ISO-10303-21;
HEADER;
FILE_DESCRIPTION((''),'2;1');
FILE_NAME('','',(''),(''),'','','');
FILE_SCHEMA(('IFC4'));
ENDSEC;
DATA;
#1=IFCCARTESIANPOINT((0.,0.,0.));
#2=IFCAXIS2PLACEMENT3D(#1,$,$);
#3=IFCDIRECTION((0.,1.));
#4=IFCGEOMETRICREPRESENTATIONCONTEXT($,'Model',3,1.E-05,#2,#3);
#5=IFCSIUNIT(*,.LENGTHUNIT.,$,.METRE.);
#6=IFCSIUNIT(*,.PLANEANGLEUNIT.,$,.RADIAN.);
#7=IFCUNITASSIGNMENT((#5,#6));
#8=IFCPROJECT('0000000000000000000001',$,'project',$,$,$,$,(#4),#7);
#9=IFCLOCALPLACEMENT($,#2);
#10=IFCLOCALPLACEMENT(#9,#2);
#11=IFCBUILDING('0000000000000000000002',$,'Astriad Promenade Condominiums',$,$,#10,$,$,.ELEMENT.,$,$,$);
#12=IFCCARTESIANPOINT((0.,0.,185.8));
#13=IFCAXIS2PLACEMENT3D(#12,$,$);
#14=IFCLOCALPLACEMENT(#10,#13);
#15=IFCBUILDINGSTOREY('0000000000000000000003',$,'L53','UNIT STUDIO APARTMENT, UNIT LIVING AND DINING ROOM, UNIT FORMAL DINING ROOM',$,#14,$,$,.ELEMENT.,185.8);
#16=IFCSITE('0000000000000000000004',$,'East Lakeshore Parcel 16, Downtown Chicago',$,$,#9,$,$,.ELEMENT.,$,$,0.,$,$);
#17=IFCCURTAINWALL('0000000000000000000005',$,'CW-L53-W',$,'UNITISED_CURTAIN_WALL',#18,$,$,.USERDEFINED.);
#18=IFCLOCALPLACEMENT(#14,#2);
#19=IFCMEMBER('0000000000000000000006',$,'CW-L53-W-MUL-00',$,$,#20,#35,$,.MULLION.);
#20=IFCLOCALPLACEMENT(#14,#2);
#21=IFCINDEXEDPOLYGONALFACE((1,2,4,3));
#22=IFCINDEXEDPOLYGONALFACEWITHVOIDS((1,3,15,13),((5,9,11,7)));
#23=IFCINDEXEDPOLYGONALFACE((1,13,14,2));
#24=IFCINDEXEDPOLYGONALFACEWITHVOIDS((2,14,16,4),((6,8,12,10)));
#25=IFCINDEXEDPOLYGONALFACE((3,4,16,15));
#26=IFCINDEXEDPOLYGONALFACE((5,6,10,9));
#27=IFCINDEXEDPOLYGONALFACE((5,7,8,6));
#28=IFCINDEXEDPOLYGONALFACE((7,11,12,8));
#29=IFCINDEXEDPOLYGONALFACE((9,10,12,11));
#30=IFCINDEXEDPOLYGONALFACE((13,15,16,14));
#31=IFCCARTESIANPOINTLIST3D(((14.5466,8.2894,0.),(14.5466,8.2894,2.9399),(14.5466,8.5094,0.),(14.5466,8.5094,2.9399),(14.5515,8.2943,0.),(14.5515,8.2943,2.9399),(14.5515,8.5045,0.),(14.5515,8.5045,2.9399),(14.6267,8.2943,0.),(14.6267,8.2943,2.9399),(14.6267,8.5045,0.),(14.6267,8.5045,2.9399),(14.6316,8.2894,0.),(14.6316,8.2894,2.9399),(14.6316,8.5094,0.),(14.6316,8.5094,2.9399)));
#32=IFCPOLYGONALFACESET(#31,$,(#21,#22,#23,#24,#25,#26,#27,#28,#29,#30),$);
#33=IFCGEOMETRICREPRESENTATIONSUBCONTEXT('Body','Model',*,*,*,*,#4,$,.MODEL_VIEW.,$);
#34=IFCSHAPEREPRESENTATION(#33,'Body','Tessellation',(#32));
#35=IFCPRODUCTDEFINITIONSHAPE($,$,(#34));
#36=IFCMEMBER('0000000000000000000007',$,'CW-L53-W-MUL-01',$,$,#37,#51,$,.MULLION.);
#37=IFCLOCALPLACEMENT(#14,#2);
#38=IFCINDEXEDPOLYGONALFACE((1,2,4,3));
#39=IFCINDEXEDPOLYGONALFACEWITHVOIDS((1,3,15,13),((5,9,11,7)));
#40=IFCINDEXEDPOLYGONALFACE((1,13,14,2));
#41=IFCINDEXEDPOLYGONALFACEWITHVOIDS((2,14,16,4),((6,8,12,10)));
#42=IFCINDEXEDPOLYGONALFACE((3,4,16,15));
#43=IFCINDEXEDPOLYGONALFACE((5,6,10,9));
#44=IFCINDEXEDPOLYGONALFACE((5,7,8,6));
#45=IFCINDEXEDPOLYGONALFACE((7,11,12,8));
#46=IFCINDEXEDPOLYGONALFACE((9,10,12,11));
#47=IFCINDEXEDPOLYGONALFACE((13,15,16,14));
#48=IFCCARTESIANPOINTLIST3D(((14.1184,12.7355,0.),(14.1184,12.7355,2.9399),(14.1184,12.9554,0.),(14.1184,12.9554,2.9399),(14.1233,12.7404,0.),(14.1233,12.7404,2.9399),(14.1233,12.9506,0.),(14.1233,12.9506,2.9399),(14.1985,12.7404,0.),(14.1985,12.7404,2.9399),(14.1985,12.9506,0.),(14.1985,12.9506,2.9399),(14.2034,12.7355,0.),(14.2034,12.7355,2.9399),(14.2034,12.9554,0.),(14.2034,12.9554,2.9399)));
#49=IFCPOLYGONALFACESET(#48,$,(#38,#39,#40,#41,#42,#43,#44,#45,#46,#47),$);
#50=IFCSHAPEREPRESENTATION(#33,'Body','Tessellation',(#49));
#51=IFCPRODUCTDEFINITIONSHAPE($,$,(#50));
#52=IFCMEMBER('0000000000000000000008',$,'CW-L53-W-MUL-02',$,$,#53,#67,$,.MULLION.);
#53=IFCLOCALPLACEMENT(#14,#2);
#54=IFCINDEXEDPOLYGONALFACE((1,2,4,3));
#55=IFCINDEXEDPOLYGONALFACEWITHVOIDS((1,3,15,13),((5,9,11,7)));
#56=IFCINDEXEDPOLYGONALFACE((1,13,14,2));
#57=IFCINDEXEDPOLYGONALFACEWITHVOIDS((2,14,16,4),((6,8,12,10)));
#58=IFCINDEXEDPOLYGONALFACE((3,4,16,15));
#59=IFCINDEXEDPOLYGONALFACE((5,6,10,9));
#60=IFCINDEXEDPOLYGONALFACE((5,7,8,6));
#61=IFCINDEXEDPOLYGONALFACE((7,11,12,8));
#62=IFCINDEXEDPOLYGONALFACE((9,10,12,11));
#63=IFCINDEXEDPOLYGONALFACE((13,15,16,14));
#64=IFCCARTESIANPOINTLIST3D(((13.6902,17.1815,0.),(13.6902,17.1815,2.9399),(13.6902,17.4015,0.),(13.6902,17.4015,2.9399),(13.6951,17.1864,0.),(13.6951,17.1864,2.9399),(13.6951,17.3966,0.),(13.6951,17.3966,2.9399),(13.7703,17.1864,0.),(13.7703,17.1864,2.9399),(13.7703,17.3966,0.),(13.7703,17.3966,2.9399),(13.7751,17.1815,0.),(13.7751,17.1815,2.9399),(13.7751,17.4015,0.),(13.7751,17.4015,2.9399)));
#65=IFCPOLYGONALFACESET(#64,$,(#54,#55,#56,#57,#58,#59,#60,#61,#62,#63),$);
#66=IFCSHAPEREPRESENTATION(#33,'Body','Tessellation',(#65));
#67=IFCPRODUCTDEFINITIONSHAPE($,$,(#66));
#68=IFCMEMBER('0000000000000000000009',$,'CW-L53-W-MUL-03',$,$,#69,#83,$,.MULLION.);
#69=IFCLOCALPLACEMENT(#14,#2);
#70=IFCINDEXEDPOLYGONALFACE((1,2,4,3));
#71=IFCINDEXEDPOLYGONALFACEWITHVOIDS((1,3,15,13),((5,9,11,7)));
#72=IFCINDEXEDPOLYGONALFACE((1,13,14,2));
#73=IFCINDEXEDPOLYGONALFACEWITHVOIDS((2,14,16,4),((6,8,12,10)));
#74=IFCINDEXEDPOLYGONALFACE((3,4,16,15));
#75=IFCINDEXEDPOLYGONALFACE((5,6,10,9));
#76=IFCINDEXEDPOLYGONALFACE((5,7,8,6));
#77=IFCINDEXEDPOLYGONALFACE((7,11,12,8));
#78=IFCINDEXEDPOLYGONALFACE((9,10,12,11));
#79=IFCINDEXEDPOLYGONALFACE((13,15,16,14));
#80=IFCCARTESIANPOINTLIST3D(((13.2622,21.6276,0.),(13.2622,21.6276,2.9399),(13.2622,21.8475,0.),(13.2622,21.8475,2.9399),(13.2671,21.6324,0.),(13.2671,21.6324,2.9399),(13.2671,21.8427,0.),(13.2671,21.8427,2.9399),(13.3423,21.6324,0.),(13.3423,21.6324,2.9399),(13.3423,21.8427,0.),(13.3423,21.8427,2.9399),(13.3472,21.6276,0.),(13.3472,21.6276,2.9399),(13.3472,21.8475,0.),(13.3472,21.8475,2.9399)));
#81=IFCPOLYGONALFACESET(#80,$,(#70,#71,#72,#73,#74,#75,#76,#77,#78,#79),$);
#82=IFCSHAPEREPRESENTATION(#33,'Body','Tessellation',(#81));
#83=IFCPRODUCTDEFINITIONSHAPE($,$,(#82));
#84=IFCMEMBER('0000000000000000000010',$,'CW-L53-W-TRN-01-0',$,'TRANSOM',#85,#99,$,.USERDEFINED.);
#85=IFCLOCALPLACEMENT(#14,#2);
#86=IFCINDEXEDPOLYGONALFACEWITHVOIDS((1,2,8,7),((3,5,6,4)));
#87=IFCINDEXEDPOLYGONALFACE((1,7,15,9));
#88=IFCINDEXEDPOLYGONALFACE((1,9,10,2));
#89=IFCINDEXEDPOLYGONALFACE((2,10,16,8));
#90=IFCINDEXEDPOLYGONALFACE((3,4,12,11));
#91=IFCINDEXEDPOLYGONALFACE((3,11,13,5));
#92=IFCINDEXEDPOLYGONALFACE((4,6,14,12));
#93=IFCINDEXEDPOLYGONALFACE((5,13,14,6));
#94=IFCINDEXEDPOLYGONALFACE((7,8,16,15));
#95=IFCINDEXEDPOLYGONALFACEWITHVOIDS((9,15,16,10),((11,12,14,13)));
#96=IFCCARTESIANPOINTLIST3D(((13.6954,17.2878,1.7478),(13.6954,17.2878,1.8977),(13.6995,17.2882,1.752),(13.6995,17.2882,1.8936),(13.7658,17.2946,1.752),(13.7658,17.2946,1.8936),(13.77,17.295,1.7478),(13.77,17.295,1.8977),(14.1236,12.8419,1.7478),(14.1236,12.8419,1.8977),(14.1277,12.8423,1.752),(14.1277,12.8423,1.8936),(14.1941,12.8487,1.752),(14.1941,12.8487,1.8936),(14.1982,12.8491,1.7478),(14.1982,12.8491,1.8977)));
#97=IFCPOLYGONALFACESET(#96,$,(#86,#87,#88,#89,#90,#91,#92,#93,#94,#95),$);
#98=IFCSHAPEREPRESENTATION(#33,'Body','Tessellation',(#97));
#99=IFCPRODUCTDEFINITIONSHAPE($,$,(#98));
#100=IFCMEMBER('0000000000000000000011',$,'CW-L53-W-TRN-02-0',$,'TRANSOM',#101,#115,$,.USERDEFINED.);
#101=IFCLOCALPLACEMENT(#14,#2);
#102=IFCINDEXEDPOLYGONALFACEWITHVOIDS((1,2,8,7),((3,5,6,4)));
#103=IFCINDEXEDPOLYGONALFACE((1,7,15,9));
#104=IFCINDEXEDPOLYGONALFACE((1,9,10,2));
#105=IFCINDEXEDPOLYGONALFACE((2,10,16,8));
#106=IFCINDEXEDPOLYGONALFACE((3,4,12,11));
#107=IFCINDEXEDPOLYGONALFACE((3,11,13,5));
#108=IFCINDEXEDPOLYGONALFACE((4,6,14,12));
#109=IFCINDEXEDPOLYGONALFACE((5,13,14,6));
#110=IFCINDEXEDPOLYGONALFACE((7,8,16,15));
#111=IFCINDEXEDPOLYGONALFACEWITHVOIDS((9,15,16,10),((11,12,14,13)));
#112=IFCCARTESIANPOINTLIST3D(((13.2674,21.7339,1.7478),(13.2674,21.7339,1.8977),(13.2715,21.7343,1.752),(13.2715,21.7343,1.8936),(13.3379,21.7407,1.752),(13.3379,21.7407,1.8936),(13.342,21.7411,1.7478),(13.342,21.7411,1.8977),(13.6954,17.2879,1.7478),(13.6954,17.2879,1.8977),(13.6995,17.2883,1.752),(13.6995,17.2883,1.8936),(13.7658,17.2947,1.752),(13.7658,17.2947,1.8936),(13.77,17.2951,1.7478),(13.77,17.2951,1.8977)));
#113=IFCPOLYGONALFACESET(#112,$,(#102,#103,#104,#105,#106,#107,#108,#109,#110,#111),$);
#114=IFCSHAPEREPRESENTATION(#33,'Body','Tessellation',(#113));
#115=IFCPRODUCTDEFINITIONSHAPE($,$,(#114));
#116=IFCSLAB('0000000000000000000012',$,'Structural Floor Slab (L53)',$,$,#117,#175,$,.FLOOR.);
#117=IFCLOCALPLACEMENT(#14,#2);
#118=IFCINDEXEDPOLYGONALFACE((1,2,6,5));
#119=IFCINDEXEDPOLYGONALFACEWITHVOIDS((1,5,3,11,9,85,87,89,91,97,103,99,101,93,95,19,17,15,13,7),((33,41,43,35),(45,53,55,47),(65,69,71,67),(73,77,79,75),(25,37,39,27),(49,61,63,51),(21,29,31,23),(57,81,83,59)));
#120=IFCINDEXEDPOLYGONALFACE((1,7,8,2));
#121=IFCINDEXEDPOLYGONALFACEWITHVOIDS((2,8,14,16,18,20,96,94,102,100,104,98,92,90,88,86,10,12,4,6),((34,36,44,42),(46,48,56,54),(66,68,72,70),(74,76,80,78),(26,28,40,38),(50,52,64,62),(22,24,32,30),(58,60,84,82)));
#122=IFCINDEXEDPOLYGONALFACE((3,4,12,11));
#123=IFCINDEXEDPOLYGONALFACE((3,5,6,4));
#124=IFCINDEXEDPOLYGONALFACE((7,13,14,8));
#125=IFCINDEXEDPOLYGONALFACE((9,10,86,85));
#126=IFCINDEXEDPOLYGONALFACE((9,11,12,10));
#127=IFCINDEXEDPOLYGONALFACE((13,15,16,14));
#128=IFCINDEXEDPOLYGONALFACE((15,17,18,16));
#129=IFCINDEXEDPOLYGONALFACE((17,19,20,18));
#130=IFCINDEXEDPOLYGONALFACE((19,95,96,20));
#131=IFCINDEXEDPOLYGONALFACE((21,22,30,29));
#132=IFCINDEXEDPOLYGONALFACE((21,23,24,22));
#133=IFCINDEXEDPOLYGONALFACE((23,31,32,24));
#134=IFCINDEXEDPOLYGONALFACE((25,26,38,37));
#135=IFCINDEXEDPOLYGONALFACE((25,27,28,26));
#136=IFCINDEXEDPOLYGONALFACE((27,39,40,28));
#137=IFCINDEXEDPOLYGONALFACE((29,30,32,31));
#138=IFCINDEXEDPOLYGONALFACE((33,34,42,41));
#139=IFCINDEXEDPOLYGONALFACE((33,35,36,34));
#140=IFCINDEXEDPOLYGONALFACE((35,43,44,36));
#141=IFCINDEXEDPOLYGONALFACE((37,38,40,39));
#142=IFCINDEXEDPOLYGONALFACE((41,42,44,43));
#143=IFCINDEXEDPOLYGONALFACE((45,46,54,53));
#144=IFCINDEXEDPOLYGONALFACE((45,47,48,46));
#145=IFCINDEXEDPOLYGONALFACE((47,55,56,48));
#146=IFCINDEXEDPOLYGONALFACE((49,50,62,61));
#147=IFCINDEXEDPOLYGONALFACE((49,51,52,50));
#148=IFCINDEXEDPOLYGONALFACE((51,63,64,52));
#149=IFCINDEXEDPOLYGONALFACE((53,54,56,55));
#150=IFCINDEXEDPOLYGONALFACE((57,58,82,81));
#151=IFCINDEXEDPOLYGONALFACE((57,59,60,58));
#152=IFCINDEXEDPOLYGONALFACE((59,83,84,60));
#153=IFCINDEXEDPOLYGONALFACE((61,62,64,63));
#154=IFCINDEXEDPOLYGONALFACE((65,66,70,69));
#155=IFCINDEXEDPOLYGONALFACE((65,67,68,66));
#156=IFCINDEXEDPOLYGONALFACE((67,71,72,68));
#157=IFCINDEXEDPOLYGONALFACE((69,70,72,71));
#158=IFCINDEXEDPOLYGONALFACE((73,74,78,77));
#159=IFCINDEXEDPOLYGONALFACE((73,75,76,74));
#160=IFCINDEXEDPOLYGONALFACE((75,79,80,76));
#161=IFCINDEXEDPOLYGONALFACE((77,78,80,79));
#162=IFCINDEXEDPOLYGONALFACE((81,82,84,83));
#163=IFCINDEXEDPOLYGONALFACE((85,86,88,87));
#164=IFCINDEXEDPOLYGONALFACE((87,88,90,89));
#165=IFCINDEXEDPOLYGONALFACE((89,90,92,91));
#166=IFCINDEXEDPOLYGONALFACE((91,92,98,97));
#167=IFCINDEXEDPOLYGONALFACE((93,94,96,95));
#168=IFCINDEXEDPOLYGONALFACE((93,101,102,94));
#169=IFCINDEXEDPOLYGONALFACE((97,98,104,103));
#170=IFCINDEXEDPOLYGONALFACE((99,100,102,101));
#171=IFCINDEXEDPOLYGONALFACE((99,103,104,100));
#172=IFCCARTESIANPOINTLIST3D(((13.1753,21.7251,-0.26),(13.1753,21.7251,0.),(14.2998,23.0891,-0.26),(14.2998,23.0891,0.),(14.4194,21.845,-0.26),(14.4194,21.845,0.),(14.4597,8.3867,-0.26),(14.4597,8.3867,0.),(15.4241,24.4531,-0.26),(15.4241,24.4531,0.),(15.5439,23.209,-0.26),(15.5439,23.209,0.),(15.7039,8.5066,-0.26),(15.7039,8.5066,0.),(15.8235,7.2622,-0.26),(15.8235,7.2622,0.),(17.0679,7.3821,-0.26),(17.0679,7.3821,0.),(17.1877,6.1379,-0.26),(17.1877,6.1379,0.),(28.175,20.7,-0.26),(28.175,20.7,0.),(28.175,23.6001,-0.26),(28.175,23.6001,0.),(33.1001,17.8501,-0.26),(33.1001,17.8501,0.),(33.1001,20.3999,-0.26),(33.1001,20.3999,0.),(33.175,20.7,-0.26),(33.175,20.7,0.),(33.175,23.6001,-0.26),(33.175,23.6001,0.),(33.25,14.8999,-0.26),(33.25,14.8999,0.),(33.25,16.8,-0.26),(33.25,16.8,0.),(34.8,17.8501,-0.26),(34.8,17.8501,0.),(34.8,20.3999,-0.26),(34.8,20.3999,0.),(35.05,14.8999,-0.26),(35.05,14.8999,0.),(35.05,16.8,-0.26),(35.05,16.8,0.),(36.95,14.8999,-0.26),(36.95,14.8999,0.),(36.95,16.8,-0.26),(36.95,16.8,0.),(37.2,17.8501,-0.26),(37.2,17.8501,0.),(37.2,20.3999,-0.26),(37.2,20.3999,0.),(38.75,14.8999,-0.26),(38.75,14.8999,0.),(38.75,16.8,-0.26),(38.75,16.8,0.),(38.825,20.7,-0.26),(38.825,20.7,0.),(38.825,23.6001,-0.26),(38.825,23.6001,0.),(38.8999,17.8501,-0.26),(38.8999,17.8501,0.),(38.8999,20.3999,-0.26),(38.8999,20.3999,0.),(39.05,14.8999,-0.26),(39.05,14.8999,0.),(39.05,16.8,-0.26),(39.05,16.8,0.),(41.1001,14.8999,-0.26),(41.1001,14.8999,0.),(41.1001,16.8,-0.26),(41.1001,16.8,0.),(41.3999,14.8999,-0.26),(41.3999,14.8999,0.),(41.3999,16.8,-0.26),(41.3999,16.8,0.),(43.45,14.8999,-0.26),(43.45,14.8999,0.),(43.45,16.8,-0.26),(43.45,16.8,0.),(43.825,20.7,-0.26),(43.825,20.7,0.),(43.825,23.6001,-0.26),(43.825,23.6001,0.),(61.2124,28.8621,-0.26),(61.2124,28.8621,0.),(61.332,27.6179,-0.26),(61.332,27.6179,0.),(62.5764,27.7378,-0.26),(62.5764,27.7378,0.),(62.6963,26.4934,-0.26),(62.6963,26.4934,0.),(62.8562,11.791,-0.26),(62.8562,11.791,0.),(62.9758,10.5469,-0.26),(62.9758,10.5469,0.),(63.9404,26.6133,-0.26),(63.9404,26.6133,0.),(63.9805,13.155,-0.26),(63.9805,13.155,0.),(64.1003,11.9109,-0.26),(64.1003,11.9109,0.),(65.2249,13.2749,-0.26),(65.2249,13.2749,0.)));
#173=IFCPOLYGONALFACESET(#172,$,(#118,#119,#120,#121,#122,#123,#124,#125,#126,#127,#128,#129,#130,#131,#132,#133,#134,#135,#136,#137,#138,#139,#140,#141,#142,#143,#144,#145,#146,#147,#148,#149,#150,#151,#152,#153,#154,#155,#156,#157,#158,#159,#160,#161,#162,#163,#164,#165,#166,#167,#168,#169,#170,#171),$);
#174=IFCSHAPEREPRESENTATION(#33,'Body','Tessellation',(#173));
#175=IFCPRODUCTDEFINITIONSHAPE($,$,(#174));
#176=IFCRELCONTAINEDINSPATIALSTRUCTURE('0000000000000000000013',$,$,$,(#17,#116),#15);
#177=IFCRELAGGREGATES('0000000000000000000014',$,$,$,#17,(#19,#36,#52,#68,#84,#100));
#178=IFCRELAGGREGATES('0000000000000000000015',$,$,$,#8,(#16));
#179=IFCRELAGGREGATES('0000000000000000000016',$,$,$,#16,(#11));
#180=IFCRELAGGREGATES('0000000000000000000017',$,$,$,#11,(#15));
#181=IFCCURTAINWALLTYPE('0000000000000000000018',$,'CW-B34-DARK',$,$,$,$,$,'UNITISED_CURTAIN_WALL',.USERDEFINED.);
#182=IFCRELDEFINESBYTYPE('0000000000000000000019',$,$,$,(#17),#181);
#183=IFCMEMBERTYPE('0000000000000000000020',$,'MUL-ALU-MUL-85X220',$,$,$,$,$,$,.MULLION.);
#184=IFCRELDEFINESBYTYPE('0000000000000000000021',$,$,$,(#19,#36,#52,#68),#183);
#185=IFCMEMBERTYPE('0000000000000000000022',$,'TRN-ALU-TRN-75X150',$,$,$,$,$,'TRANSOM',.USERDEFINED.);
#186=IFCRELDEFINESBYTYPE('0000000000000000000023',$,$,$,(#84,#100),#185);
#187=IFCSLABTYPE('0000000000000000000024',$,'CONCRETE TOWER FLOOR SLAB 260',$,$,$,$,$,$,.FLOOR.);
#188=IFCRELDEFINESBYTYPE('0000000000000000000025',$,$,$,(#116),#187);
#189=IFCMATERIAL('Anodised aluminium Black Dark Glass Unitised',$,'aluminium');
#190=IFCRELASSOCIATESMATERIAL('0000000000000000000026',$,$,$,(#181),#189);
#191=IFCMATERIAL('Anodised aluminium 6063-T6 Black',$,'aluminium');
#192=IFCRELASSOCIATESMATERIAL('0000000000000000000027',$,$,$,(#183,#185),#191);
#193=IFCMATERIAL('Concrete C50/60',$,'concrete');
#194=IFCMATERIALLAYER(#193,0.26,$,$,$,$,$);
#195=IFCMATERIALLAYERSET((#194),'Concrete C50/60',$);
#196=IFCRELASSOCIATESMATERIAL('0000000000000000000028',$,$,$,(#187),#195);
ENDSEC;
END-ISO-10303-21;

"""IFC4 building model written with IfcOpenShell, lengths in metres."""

from ifc_helpers import new_model, si_unit, direction, frame, origin, origin_2d, place, context, subcontext, project, spatial, polyline, hollow_rectangle, outline, extrude, source, transform, mapped, material, layer, layer_set, material_profile, profile_set, type_object, type_shapes, element, aggregate, save


model = new_model("IFC4")

# Units and contexts
model_context = context("Model", 3, precision=1e-05, world=origin(), true_north=direction((0.0, 1.0)))
body_context = subcontext(model_context, "Body", "Model", "MODEL_VIEW")
ifc_project = project(units=[si_unit("LENGTHUNIT", "METRE"), si_unit("PLANEANGLEUNIT", "RADIAN")], contexts=[model_context])

# Site, building, storey
site_placement = place(None, origin())
site = spatial("IfcSite", under=ifc_project, at=site_placement, Name="East Lakeshore Parcel 16, Downtown Chicago", CompositionType="ELEMENT", RefElevation=0.0)
building_placement = place(site_placement, origin())
building = spatial("IfcBuilding", under=site, at=building_placement, Name="Astriad Promenade Condominiums", CompositionType="ELEMENT")
storey_placement = place(building_placement, frame((0.0, 0.0, 185.8)))
storey = spatial("IfcBuildingStorey", under=building, at=storey_placement, Name="L53", Description="UNIT STUDIO APARTMENT, UNIT LIVING AND DINING ROOM, UNIT FORMAL DINING ROOM", CompositionType="ELEMENT", Elevation=185.8)

# Curtain wall, members
ifc_material_1 = material(Name="Anodised aluminium Black Dark Glass Unitised", Category="aluminium")
curtain_wall_type = type_object("IfcCurtainWallType", Name="CW-B34-DARK", ElementType="UNITISED_CURTAIN_WALL", PredefinedType="USERDEFINED", material=ifc_material_1)
curtain_wall_placement = place(storey_placement, origin())
curtain_wall = element("IfcCurtainWall", 1, at=curtain_wall_placement, inside=storey, type_object=curtain_wall_type, Name="CW-L53-W", ObjectType="UNITISED_CURTAIN_WALL", PredefinedType="USERDEFINED")
ifc_material_2 = material(Name="Anodised aluminium 6063-T6 Black", Category="aluminium")
ifc_material_profile_1 = material_profile(ifc_material_2, hollow_rectangle(XDim=0.085, YDim=0.22, WallThickness=0.0049, at=origin_2d()), Name="ALU-MUL-85X220")
ifc_profile_set_1 = profile_set([ifc_material_profile_1], Name="Anodised aluminium 6063-T6 Black")
member_type_1 = type_object("IfcMemberType", Name="MUL-ALU-MUL-85X220", PredefinedType="MULLION", material=ifc_profile_set_1)
shared_shape_1 = source(origin(), body_context, "Body", "SweptSolid", [
    extrude(hollow_rectangle(XDim=0.085, YDim=0.22, WallThickness=0.0049, at=origin_2d()), origin(), (0.0, 0.0, 1.0), 2.9399),
])
type_shapes(member_type_1, [shared_shape_1])
member_1_placement = place(storey_placement, frame((14.5891, 8.3994, 0.0), z_axis=(0.0, 0.0, 1.0), x_axis=(1.0, 0.0, 0.0)))
member_1 = element("IfcMember", 2, at=member_1_placement, type_object=member_type_1, Name="CW-L53-W-MUL-00", PredefinedType="MULLION", context=body_context, shape_type="MappedRepresentation", body=[
    mapped(shared_shape_1, transform((0.0, 0.0, 0.0), scale=1.0)),
])
member_2_placement = place(storey_placement, frame((14.1609, 12.8455, 0.0), z_axis=(0.0, 0.0, 1.0), x_axis=(1.0, 0.0, 0.0)))
member_2 = element("IfcMember", 3, at=member_2_placement, type_object=member_type_1, Name="CW-L53-W-MUL-01", PredefinedType="MULLION", context=body_context, shape_type="MappedRepresentation", body=[
    mapped(shared_shape_1, transform((0.0, 0.0, 0.0), scale=1.0)),
])
member_3_placement = place(storey_placement, frame((13.7327, 17.2915, 0.0), z_axis=(0.0, 0.0, 1.0), x_axis=(1.0, 0.0, 0.0)))
member_3 = element("IfcMember", 4, at=member_3_placement, type_object=member_type_1, Name="CW-L53-W-MUL-02", PredefinedType="MULLION", context=body_context, shape_type="MappedRepresentation", body=[
    mapped(shared_shape_1, transform((0.0, 0.0, 0.0), scale=1.0)),
])
member_4_placement = place(storey_placement, frame((13.3047, 21.7375, 0.0), z_axis=(0.0, 0.0, 1.0), x_axis=(1.0, 0.0, 0.0)))
member_4 = element("IfcMember", 5, at=member_4_placement, type_object=member_type_1, Name="CW-L53-W-MUL-03", PredefinedType="MULLION", context=body_context, shape_type="MappedRepresentation", body=[
    mapped(shared_shape_1, transform((0.0, 0.0, 0.0), scale=1.0)),
])
ifc_material_profile_2 = material_profile(ifc_material_2, hollow_rectangle(XDim=0.075, YDim=0.1499, WallThickness=0.0042, at=origin_2d()), Name="ALU-TRN-75X150")
ifc_profile_set_2 = profile_set([ifc_material_profile_2], Name="Anodised aluminium 6063-T6 Black")
member_type_2 = type_object("IfcMemberType", Name="TRN-ALU-TRN-75X150", ElementType="TRANSOM", PredefinedType="USERDEFINED", material=ifc_profile_set_2)
shared_shape_2 = source(origin(), body_context, "Body", "SweptSolid", [
    extrude(hollow_rectangle(XDim=0.075, YDim=0.1499, WallThickness=0.0042, at=origin_2d()), origin(), (0.0, 0.0, 1.0), 4.4666),
])
type_shapes(member_type_2, [shared_shape_2])
member_5_placement = place(storey_placement, frame((14.1609, 12.8455, 1.8228), z_axis=(-0.095872, 0.995394, 0.0), x_axis=(-0.995394, -0.095872, 0.0)))
member_5 = element("IfcMember", 6, at=member_5_placement, type_object=member_type_2, Name="CW-L53-W-TRN-01-0", ObjectType="TRANSOM", PredefinedType="USERDEFINED", context=body_context, shape_type="MappedRepresentation", body=[
    mapped(shared_shape_2, transform((0.0, 0.0, 0.0), scale=1.0)),
])
member_6_placement = place(storey_placement, frame((13.7327, 17.2915, 1.8228), z_axis=(-0.095818, 0.995399, 0.0), x_axis=(-0.995399, -0.095818, 0.0)))
member_6 = element("IfcMember", 7, at=member_6_placement, type_object=member_type_2, Name="CW-L53-W-TRN-02-0", ObjectType="TRANSOM", PredefinedType="USERDEFINED", context=body_context, shape_type="MappedRepresentation", body=[
    mapped(shared_shape_2, transform((0.0, 0.0, 0.0), scale=1.0)),
])

# Slab
ifc_material_3 = material(Name="Concrete C50/60", Category="concrete")
ifc_layer_1 = layer(ifc_material_3, 0.26)
ifc_layer_set_1 = layer_set([ifc_layer_1], Name="Concrete C50/60")
slab_type_1 = type_object("IfcSlabType", Name="CONCRETE TOWER FLOOR SLAB 260", PredefinedType="FLOOR", material=ifc_layer_set_1)
slab_1_placement = place(storey_placement, frame((0.0, 0.0, -0.26)))
element("IfcSlab", 8, at=slab_1_placement, inside=storey, type_object=slab_type_1, Name="Structural Floor Slab (L53)", PredefinedType="FLOOR", context=body_context, shape_type="SweptSolid", body=[
    extrude(outline(polyline([(17.1877, 6.1379), (62.9758, 10.5469), (62.8562, 11.791), (64.1003, 11.9109), (63.9805, 13.155), (65.2249, 13.2749), (63.9404, 26.6133), (62.6963, 26.4934), (62.5764, 27.7378), (61.332, 27.6179), (61.2124, 28.8621), (15.4241, 24.4531), (15.5439, 23.209), (14.2998, 23.0891), (14.4194, 21.845), (13.1753, 21.7251), (14.4597, 8.3867), (15.7039, 8.5066), (15.8235, 7.2622), (17.0679, 7.3821), (17.1877, 6.1379)]), holes=[polyline([(28.175, 20.7), (33.175, 20.7), (33.175, 23.6001), (28.175, 23.6001), (28.175, 20.7)]), polyline([(38.825, 20.7), (43.825, 20.7), (43.825, 23.6001), (38.825, 23.6001), (38.825, 20.7)]), polyline([(33.1001, 17.8501), (34.8, 17.8501), (34.8, 20.3999), (33.1001, 20.3999), (33.1001, 17.8501)]), polyline([(37.2, 17.8501), (38.8999, 17.8501), (38.8999, 20.3999), (37.2, 20.3999), (37.2, 17.8501)]), polyline([(33.25, 14.8999), (35.05, 14.8999), (35.05, 16.8), (33.25, 16.8), (33.25, 14.8999)]), polyline([(36.95, 14.8999), (38.75, 14.8999), (38.75, 16.8), (36.95, 16.8), (36.95, 14.8999)]), polyline([(39.05, 14.8999), (41.1001, 14.8999), (41.1001, 16.8), (39.05, 16.8), (39.05, 14.8999)]), polyline([(41.3999, 14.8999), (43.45, 14.8999), (43.45, 16.8), (41.3999, 16.8), (41.3999, 14.8999)])]), origin(), (0.0, 0.0, 1.0), 0.26),
])

aggregate(curtain_wall, [member_1, member_2, member_3, member_4, member_5, member_6])

save(model, "model.ifc")
